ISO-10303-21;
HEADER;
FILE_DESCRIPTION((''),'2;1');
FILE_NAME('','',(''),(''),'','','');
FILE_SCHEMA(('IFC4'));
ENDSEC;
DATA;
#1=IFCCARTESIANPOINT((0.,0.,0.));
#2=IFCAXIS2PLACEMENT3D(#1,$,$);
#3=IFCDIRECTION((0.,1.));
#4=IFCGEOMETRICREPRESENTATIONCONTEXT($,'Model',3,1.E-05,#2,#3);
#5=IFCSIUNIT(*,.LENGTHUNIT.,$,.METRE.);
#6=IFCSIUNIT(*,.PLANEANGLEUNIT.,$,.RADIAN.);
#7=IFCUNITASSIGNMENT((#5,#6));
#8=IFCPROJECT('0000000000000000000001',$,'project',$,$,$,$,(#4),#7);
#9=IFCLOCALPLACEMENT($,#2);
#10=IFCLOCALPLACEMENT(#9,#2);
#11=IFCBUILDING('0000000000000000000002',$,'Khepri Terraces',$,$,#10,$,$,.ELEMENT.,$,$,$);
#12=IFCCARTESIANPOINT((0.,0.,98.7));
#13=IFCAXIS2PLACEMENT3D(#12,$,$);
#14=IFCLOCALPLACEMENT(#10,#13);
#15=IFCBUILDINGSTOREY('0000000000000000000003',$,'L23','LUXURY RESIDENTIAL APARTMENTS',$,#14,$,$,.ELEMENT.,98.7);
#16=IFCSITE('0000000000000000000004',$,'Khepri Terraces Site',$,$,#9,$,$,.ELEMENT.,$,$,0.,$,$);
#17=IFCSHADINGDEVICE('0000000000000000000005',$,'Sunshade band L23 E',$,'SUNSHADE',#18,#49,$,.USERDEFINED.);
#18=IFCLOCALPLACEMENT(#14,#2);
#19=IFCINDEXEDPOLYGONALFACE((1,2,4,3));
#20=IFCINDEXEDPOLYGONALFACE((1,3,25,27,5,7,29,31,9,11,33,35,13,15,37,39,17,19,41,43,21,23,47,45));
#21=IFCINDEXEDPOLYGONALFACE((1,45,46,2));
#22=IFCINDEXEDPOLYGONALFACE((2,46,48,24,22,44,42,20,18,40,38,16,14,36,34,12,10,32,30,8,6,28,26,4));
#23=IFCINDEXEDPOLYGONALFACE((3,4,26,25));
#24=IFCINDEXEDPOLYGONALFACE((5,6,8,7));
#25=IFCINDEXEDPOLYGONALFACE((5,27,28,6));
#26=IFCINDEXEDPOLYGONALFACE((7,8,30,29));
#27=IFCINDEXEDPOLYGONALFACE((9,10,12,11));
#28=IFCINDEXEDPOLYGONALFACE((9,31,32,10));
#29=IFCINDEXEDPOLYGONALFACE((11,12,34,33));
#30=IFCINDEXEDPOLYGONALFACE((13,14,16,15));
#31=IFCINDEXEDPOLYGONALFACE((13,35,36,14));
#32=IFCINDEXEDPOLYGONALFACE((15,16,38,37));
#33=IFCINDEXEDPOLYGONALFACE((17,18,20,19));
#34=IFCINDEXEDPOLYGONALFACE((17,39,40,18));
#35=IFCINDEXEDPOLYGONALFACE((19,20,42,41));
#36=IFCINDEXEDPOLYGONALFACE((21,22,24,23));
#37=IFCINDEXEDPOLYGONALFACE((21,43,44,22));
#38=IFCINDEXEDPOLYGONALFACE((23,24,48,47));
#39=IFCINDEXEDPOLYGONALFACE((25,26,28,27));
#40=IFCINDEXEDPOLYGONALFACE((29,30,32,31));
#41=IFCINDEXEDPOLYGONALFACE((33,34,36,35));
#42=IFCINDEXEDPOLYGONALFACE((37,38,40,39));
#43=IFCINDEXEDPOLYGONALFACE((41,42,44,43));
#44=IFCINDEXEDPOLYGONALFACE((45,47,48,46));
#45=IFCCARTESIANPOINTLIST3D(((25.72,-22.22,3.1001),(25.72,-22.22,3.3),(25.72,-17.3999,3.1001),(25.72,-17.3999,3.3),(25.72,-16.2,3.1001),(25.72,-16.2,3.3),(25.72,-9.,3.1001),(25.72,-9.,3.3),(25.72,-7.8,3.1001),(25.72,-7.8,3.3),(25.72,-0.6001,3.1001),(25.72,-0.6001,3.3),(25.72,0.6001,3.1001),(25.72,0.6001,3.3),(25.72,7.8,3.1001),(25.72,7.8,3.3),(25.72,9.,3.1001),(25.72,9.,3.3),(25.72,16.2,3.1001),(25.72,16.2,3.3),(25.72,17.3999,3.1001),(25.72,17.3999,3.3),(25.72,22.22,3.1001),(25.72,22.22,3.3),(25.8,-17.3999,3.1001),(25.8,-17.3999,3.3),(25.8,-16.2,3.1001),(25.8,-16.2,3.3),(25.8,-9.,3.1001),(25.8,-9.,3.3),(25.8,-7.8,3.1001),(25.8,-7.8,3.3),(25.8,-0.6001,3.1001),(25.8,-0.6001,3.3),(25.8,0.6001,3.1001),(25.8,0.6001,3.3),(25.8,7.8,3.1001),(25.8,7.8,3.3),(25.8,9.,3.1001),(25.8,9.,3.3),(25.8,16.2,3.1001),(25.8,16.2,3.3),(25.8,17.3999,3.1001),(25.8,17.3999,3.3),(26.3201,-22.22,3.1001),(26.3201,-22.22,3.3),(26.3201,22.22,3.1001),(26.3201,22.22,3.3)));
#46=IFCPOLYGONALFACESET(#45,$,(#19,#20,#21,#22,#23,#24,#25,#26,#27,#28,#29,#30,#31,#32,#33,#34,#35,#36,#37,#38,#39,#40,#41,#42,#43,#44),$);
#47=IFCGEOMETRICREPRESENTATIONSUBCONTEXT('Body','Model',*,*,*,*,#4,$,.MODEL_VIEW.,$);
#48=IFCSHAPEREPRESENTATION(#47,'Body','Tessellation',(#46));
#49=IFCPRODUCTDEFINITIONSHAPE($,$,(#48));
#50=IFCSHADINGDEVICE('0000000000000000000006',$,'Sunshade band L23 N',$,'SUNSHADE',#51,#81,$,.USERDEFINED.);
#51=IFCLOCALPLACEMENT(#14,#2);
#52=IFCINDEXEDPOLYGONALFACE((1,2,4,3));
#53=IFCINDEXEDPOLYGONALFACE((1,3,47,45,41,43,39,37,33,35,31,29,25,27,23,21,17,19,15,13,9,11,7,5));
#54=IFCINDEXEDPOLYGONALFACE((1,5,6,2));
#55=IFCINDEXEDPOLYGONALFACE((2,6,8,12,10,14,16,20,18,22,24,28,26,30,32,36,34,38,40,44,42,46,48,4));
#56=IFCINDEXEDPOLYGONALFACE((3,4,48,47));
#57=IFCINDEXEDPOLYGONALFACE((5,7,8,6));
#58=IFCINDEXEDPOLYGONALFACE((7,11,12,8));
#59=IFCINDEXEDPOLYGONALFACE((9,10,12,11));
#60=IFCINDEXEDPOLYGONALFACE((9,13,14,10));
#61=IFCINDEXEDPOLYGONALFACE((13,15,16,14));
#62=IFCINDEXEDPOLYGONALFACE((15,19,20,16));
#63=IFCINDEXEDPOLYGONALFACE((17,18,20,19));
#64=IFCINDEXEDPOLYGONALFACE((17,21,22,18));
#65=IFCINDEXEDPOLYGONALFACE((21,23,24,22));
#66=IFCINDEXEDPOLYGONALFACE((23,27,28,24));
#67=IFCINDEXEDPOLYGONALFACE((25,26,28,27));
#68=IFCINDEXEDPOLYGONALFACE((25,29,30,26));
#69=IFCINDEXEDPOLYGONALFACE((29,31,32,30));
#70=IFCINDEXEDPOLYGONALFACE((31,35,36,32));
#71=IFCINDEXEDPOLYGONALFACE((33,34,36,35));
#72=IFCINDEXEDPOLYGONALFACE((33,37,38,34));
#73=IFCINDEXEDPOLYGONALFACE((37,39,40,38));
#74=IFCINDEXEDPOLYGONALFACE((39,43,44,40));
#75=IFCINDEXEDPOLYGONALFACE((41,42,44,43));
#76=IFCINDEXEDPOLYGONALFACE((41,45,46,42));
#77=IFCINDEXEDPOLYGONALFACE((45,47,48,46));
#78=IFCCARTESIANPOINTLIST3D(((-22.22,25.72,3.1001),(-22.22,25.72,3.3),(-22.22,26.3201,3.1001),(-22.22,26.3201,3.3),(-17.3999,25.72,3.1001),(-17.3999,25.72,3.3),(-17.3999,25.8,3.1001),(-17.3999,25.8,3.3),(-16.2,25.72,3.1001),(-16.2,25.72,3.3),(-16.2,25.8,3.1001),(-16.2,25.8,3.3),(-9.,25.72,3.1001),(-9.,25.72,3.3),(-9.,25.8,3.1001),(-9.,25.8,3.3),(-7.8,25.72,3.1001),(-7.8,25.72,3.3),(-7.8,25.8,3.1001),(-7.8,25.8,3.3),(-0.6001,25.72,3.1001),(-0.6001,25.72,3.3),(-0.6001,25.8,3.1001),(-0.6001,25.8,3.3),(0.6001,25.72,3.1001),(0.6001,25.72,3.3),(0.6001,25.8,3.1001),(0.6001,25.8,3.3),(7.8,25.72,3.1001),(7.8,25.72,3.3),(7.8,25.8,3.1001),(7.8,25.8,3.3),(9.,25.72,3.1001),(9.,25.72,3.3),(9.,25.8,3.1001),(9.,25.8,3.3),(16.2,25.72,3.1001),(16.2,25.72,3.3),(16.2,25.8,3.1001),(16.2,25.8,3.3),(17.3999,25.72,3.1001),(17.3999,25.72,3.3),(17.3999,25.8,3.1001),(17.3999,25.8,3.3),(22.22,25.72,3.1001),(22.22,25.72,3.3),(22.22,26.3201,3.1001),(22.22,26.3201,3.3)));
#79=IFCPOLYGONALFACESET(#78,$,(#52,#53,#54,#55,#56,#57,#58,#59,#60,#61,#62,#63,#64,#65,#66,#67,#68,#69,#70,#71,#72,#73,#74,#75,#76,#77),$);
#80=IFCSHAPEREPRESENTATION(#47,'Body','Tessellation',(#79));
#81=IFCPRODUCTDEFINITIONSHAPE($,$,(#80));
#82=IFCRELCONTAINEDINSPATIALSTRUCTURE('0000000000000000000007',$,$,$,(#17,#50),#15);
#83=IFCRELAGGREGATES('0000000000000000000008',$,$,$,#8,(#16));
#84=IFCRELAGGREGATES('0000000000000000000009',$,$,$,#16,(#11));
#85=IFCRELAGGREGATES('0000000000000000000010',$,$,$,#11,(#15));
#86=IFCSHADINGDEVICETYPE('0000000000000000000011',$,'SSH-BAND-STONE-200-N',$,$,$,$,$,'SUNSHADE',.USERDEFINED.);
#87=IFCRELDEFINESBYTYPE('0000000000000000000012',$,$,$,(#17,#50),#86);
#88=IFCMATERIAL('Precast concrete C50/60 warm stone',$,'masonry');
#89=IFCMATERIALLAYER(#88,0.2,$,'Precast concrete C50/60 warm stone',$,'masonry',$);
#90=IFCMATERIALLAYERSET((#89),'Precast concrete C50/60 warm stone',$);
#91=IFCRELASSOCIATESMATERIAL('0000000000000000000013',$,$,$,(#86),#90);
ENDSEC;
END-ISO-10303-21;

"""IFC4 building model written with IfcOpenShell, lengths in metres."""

from ifc_helpers import new_model, si_unit, direction, frame, origin, place, context, subcontext, project, spatial, polyline, outline, extrude, material, layer, layer_set, type_object, element, save


model = new_model("IFC4")

# Units and contexts
model_context = context("Model", 3, precision=1e-05, world=origin(), true_north=direction((0.0, 1.0)))
body_context = subcontext(model_context, "Body", "Model", "MODEL_VIEW")
ifc_project = project(units=[si_unit("LENGTHUNIT", "METRE"), si_unit("PLANEANGLEUNIT", "RADIAN")], contexts=[model_context])

# Site, building, storey
site_placement = place(None, origin())
site = spatial("IfcSite", under=ifc_project, at=site_placement, Name="Khepri Terraces Site", CompositionType="ELEMENT", RefElevation=0.0)
building_placement = place(site_placement, origin())
building = spatial("IfcBuilding", under=site, at=building_placement, Name="Khepri Terraces", CompositionType="ELEMENT")
storey_placement = place(building_placement, frame((0.0, 0.0, 98.7)))
storey = spatial("IfcBuildingStorey", under=building, at=storey_placement, Name="L23", Description="LUXURY RESIDENTIAL APARTMENTS", CompositionType="ELEMENT", Elevation=98.7)

# Shared definitions
ifc_material_1 = material(Name="Precast concrete C50/60 warm stone", Category="masonry")

# Shading devices
ifc_layer_1 = layer(ifc_material_1, 0.2, Name="Precast concrete C50/60 warm stone", Category="masonry")
ifc_layer_set_1 = layer_set([ifc_layer_1], Name="Precast concrete C50/60 warm stone")
shading_device_type_1 = type_object("IfcShadingDeviceType", Name="SSH-BAND-STONE-200-N", ElementType="SUNSHADE", PredefinedType="USERDEFINED", material=ifc_layer_set_1)
shading_device_1_placement = place(storey_placement, frame((0.0, 0.0, 3.1001)))
element("IfcShadingDevice", 1, at=shading_device_1_placement, inside=storey, type_object=shading_device_type_1, Name="Sunshade band L23 E", ObjectType="SUNSHADE", PredefinedType="USERDEFINED", context=body_context, shape_type="SweptSolid", body=[
    extrude(outline(polyline([(25.72, -17.3999), (25.72, -22.22), (26.3201, -22.22), (26.3201, 22.22), (25.72, 22.22), (25.72, 17.3999), (25.8, 17.3999), (25.8, 16.2), (25.72, 16.2), (25.72, 9.0), (25.8, 9.0), (25.8, 7.8), (25.72, 7.8), (25.72, 0.6001), (25.8, 0.6001), (25.8, -0.6001), (25.72, -0.6001), (25.72, -7.8), (25.8, -7.8), (25.8, -9.0), (25.72, -9.0), (25.72, -16.2), (25.8, -16.2), (25.8, -17.3999), (25.72, -17.3999)])), origin(), (0.0, 0.0, 1.0), 0.2),
])
shading_device_2_placement = place(storey_placement, frame((0.0, 0.0, 3.1001)))
element("IfcShadingDevice", 2, at=shading_device_2_placement, inside=storey, type_object=shading_device_type_1, Name="Sunshade band L23 N", ObjectType="SUNSHADE", PredefinedType="USERDEFINED", context=body_context, shape_type="SweptSolid", body=[
    extrude(outline(polyline([(17.3999, 25.72), (22.22, 25.72), (22.22, 26.3201), (-22.22, 26.3201), (-22.22, 25.72), (-17.3999, 25.72), (-17.3999, 25.8), (-16.2, 25.8), (-16.2, 25.72), (-9.0, 25.72), (-9.0, 25.8), (-7.8, 25.8), (-7.8, 25.72), (-0.6001, 25.72), (-0.6001, 25.8), (0.6001, 25.8), (0.6001, 25.72), (7.8, 25.72), (7.8, 25.8), (9.0, 25.8), (9.0, 25.72), (16.2, 25.72), (16.2, 25.8), (17.3999, 25.8), (17.3999, 25.72)])), origin(), (0.0, 0.0, 1.0), 0.2),
])

save(model, "model.ifc")
